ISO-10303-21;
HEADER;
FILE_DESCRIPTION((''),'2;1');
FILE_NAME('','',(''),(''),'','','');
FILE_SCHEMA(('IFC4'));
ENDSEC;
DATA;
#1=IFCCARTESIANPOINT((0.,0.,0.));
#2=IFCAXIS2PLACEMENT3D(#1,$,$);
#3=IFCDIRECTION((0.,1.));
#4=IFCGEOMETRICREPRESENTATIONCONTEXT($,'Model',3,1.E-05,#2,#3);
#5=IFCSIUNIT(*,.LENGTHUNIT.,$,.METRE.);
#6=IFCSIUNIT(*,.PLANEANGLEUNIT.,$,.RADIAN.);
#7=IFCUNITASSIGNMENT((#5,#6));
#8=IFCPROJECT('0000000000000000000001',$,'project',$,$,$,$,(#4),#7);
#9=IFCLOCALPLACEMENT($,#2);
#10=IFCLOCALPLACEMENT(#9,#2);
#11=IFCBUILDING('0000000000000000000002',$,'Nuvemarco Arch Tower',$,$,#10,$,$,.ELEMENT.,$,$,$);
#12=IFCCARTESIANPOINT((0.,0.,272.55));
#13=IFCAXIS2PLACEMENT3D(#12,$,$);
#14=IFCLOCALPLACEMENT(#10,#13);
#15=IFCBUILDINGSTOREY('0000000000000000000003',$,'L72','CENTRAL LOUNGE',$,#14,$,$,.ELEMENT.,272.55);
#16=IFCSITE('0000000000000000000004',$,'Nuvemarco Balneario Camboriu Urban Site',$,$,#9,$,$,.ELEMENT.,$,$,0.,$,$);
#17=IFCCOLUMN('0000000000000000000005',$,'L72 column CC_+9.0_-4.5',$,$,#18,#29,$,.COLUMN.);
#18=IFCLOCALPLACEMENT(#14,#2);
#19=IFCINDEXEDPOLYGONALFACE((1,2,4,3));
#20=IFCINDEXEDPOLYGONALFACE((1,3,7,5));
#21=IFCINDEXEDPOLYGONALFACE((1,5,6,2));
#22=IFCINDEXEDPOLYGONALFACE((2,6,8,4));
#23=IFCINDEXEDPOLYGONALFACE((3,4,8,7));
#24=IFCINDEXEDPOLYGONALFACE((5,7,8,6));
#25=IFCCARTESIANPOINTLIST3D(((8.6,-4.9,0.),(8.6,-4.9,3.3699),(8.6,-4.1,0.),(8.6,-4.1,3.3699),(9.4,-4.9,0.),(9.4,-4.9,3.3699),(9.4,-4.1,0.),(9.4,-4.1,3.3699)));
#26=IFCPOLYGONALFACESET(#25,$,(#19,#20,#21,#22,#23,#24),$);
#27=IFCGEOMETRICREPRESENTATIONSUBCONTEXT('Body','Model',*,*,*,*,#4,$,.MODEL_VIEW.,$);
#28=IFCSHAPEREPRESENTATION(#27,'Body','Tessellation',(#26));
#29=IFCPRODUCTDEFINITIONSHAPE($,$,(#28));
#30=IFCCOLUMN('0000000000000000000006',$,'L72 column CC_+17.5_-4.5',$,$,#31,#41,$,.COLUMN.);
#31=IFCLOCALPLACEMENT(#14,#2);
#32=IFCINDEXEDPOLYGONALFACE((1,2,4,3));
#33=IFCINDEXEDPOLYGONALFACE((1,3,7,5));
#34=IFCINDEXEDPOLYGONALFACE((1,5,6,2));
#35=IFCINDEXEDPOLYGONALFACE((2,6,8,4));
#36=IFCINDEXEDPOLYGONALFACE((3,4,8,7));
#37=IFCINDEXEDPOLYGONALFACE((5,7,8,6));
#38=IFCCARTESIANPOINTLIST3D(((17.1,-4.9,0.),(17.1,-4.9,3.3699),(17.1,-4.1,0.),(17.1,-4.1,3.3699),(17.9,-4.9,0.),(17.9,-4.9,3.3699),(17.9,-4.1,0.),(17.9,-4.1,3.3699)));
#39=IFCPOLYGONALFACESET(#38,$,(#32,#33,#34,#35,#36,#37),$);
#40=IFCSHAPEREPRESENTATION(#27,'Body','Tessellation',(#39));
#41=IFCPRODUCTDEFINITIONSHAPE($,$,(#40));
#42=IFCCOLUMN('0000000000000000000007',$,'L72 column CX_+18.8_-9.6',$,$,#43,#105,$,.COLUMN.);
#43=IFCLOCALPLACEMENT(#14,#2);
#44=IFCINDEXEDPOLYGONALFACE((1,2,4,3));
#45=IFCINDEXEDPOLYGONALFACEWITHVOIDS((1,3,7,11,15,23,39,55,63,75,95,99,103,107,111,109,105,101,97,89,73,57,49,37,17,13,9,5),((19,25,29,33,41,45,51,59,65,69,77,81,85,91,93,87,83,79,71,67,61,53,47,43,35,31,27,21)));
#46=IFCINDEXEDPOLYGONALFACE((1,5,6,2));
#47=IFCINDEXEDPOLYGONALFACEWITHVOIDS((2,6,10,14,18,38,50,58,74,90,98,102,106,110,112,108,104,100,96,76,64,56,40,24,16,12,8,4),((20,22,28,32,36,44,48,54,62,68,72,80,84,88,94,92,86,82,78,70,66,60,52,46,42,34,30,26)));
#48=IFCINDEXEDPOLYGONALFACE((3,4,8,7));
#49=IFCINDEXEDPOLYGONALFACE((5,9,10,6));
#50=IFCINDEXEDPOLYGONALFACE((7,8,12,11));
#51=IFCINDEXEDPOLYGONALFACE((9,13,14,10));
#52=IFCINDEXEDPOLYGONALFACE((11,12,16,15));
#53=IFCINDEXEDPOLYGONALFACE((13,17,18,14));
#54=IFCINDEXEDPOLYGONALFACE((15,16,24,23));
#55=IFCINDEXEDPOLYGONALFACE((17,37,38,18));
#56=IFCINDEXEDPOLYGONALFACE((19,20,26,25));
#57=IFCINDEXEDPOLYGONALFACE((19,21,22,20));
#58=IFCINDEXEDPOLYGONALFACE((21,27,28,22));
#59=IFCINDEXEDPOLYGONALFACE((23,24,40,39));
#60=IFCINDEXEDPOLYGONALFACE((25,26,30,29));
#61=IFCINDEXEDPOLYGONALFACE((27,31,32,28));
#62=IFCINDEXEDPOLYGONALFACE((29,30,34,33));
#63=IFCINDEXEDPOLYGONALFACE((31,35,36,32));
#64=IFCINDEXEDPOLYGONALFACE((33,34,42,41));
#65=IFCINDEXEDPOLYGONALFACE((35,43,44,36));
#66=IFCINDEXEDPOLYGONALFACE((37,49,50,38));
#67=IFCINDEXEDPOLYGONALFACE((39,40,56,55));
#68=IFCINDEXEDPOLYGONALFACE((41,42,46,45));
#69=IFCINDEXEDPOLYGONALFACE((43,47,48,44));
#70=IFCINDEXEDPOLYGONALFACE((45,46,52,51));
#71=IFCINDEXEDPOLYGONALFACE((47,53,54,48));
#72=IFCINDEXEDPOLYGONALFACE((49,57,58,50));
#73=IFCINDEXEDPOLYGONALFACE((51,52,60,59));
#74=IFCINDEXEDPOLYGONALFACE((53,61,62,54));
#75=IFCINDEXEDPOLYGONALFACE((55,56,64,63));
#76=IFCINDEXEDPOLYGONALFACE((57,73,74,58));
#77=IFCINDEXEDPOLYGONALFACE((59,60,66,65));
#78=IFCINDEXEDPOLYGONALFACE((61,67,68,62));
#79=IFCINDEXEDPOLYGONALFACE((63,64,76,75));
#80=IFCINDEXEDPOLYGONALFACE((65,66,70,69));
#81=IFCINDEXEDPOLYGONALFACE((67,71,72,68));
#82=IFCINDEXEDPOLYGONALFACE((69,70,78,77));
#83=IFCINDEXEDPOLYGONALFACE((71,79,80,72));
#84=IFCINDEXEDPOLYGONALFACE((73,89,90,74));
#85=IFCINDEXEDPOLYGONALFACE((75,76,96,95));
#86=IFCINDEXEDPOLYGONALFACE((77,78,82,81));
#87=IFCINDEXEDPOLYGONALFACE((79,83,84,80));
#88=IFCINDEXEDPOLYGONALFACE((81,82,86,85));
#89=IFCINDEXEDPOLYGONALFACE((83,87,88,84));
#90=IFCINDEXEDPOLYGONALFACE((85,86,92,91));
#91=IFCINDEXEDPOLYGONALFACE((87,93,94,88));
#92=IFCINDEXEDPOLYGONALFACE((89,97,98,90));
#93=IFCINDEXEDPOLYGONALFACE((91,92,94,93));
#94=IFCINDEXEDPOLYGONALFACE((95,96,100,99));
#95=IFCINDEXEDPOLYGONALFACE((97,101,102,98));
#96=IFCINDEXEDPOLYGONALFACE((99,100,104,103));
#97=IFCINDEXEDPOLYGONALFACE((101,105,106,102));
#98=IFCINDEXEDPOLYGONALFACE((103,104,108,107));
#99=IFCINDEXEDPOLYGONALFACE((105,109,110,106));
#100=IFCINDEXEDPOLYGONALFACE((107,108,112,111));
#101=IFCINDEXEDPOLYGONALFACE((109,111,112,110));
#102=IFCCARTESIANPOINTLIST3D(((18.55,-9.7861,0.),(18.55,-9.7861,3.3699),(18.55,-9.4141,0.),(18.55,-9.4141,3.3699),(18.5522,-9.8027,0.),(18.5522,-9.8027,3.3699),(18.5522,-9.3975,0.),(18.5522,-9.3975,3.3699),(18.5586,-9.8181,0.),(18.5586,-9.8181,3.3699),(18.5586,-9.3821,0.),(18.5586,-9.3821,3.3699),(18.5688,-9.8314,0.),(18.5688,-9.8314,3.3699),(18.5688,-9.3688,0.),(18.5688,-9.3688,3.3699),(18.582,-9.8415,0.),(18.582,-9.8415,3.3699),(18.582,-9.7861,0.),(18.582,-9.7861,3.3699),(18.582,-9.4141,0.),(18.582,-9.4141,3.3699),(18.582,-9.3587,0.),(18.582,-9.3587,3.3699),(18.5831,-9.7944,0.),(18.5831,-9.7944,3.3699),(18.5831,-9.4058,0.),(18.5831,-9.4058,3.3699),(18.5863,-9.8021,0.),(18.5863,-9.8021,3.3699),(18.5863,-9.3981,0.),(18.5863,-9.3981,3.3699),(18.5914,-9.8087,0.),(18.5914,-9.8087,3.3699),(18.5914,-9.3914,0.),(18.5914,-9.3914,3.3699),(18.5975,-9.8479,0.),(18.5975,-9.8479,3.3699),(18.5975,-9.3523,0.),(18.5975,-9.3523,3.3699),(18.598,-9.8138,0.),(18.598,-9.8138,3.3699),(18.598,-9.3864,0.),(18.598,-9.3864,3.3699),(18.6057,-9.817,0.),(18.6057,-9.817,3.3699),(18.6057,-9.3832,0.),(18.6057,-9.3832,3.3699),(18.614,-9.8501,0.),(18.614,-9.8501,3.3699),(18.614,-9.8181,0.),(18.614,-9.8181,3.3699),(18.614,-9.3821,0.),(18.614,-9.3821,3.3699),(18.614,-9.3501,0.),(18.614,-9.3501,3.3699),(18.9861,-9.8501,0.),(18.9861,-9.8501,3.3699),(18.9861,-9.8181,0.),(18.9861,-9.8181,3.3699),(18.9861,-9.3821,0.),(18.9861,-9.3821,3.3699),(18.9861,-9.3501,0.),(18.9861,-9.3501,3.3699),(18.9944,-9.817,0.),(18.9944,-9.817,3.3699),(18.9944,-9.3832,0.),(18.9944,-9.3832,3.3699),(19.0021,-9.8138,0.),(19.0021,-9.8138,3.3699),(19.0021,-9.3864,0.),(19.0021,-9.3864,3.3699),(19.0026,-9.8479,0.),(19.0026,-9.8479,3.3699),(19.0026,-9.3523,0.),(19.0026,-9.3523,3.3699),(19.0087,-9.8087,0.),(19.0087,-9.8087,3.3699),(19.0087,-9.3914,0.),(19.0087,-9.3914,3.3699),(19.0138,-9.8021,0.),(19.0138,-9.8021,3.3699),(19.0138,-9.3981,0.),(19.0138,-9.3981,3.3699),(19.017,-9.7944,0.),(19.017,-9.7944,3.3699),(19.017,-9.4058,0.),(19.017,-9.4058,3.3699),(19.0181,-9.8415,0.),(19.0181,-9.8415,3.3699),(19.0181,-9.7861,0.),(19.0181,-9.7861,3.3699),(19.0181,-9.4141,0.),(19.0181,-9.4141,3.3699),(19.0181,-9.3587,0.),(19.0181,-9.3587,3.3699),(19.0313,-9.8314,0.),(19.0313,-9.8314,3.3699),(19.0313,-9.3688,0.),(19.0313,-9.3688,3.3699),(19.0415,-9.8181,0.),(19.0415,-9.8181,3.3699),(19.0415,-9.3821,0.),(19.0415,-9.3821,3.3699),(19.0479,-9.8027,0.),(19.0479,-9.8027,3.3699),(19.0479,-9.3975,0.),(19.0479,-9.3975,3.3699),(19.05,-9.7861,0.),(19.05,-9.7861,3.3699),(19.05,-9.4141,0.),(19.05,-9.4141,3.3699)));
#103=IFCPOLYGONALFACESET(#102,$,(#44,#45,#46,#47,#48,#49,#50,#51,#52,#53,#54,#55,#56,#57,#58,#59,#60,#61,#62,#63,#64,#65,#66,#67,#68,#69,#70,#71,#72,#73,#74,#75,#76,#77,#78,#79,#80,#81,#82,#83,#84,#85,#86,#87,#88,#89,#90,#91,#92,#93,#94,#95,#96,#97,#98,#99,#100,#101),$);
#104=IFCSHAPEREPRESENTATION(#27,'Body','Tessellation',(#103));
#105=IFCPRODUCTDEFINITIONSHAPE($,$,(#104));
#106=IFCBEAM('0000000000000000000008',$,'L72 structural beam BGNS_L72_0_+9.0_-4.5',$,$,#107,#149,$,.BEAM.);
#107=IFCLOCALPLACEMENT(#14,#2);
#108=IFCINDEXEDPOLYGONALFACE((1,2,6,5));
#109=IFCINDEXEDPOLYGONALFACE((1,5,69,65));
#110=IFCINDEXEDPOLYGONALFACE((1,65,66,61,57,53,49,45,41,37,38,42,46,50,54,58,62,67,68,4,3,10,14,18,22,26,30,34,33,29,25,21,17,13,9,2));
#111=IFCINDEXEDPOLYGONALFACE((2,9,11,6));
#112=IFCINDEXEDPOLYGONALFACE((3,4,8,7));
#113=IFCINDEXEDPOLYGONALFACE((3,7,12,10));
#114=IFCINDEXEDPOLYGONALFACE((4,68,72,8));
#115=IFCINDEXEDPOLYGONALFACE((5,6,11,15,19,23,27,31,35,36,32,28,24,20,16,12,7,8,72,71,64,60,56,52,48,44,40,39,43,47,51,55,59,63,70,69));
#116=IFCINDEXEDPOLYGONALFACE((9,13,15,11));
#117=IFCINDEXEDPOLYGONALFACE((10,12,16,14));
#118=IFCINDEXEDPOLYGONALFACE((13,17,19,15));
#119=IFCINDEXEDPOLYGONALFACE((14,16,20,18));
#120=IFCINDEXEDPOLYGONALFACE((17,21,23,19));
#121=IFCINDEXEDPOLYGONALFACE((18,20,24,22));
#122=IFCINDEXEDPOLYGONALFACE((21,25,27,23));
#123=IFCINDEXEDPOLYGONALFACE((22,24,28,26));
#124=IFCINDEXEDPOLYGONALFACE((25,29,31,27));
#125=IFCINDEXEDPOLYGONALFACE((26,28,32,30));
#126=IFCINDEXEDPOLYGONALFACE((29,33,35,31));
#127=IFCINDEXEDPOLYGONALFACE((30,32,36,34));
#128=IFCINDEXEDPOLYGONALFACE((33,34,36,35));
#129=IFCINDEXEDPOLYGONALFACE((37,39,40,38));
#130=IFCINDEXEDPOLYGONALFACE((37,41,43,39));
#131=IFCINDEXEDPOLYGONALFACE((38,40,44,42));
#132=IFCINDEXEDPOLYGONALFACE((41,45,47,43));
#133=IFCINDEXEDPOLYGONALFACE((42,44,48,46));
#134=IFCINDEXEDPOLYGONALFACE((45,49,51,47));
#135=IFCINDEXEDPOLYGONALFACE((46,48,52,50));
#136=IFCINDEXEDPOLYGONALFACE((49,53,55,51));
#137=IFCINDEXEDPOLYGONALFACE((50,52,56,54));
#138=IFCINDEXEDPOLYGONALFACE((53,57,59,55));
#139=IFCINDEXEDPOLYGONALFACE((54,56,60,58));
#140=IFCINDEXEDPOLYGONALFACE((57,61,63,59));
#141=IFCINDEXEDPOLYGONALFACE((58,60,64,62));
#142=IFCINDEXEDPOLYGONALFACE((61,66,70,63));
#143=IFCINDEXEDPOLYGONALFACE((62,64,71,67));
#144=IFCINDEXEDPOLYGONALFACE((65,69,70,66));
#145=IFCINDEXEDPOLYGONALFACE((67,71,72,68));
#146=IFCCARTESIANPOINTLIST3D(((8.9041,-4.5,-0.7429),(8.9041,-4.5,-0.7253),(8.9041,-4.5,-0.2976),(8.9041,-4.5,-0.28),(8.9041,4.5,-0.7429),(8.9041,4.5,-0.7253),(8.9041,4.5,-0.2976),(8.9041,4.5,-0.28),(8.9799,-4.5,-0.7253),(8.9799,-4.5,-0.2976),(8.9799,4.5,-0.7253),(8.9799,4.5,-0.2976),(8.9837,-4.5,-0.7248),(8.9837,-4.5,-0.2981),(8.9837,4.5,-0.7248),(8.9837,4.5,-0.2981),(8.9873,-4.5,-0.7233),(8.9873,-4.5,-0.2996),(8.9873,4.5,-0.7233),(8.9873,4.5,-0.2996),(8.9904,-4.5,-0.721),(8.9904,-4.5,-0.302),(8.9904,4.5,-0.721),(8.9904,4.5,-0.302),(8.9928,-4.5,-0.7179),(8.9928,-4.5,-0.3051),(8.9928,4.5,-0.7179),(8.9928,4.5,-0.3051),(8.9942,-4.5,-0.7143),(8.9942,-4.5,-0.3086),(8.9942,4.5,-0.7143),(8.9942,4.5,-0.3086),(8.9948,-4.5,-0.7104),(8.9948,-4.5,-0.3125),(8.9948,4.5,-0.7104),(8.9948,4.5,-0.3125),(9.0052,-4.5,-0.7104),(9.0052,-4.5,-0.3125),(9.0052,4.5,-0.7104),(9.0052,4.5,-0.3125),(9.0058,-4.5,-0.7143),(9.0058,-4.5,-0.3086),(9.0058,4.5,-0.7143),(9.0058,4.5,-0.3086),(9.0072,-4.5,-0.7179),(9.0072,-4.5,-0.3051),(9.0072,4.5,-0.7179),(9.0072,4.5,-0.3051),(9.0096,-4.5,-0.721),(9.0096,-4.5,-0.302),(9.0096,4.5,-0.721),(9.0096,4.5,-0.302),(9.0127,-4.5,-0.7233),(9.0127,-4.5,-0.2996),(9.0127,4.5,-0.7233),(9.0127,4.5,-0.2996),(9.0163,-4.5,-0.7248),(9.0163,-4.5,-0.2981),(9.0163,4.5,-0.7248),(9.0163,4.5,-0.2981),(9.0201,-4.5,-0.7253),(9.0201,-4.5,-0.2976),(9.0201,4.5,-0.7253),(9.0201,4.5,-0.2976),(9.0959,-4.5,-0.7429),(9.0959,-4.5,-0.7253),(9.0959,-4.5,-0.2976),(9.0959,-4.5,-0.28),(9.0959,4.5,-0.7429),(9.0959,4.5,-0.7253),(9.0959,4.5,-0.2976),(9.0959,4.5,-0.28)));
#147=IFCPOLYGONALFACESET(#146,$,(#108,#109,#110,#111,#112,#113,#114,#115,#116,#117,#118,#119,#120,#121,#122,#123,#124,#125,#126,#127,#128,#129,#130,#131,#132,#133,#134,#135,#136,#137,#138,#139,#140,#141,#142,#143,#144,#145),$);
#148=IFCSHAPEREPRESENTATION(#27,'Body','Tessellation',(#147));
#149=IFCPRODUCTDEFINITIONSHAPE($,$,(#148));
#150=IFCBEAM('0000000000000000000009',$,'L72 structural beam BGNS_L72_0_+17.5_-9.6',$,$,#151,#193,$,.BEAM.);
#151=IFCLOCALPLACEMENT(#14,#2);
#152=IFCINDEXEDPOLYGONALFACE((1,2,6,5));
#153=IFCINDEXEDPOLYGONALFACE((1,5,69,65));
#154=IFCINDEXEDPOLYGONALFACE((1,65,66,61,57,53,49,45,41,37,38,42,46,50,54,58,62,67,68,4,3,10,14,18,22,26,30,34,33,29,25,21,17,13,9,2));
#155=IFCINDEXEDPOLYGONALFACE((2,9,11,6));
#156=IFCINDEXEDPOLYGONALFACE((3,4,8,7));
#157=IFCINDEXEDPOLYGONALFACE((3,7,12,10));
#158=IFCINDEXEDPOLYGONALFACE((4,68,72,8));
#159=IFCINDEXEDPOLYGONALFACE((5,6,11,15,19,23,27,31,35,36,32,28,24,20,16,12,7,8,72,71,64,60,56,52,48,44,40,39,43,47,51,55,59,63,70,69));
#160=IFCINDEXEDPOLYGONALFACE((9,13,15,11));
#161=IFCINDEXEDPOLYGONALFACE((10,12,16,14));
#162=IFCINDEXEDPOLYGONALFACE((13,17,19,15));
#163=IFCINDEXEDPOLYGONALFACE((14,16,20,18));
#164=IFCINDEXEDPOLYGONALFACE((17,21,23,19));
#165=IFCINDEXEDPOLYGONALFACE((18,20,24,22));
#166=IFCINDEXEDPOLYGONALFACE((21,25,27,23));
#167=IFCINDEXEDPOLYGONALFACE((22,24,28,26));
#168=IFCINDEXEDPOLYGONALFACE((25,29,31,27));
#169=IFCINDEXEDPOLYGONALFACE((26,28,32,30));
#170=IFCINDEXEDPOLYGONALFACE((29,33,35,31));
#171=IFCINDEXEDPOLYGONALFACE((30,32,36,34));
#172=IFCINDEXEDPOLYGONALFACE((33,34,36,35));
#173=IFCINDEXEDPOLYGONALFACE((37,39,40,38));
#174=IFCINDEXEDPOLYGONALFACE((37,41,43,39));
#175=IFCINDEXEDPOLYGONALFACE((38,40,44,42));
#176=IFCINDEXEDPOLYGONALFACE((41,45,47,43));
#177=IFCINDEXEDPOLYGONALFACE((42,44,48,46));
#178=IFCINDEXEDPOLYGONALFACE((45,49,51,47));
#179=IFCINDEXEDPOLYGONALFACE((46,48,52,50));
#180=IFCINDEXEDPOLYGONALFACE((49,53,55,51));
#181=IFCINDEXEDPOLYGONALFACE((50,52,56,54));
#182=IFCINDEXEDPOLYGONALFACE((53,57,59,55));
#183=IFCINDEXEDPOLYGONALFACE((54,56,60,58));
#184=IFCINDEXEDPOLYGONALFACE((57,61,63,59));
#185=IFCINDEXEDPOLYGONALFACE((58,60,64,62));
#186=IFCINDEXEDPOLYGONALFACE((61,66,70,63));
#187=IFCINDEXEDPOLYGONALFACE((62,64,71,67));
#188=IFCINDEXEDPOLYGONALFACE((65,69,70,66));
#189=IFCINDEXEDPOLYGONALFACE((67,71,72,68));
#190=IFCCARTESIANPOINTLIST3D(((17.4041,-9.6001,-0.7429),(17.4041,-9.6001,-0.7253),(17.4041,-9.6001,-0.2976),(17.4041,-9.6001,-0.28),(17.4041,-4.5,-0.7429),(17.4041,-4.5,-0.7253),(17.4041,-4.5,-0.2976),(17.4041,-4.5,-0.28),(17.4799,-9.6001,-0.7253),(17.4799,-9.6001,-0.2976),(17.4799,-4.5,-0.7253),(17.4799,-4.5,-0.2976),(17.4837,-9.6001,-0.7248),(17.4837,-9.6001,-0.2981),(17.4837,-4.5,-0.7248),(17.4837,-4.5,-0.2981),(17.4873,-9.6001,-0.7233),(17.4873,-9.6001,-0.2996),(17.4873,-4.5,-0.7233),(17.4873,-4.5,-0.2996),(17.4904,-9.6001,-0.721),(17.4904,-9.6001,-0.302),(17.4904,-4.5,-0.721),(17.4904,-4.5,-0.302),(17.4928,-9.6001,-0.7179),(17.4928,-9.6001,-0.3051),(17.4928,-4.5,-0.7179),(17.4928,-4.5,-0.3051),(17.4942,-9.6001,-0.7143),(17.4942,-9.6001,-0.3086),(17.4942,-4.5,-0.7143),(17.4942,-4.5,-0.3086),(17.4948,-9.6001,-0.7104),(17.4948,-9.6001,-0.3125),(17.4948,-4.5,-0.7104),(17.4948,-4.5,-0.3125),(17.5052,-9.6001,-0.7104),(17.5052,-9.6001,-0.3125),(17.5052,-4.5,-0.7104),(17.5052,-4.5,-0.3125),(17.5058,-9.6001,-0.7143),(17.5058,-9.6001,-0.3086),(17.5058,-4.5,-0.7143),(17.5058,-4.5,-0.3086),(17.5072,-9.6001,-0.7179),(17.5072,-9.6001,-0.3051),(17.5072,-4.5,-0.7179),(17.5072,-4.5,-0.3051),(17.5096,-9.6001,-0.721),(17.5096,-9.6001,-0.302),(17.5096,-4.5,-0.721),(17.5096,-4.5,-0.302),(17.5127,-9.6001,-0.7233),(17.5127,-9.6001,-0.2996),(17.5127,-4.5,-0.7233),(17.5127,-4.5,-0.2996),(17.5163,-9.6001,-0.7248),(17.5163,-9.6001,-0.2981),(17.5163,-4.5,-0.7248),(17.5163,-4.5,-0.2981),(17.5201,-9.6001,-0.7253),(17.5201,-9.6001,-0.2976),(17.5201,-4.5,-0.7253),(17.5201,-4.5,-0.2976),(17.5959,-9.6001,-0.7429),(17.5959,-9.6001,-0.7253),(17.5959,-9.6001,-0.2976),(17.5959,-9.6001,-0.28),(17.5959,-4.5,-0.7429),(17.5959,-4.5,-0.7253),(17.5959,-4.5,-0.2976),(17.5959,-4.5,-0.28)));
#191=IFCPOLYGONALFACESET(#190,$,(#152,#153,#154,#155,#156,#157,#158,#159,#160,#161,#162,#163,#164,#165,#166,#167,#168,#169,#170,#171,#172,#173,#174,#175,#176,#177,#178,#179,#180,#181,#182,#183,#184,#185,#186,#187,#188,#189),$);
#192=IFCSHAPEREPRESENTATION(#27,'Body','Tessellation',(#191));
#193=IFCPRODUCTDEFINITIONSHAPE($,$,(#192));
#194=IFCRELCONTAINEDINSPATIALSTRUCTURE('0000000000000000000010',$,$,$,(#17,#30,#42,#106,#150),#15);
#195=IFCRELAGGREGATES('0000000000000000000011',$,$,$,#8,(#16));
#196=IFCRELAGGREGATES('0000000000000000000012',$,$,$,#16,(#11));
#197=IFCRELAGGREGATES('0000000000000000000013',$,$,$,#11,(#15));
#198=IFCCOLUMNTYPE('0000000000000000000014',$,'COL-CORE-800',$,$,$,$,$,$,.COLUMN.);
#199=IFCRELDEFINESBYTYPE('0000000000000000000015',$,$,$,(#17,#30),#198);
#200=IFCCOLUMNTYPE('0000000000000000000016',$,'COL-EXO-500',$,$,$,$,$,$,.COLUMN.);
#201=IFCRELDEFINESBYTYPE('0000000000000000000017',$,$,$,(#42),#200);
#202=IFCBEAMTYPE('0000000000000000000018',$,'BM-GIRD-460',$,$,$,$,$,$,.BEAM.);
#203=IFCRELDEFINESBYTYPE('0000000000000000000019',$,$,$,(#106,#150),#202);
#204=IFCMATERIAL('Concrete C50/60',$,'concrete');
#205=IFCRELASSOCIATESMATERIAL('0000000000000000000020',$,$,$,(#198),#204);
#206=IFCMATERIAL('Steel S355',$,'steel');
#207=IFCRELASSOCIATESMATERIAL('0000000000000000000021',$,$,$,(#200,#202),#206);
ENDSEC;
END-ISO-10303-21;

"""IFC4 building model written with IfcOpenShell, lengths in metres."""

from ifc_helpers import new_model, si_unit, direction, frame, origin, origin_2d, place, context, subcontext, project, spatial, rectangle, hollow_rectangle, i_section, extrude, material, material_profile, profile_set, type_object, element, save


model = new_model("IFC4")

# Units and contexts
model_context = context("Model", 3, precision=1e-05, world=origin(), true_north=direction((0.0, 1.0)))
body_context = subcontext(model_context, "Body", "Model", "MODEL_VIEW")
ifc_project = project(units=[si_unit("LENGTHUNIT", "METRE"), si_unit("PLANEANGLEUNIT", "RADIAN")], contexts=[model_context])

# Site, building, storey
site_placement = place(None, origin())
site = spatial("IfcSite", under=ifc_project, at=site_placement, Name="Nuvemarco Balneario Camboriu Urban Site", CompositionType="ELEMENT", RefElevation=0.0)
building_placement = place(site_placement, origin())
building = spatial("IfcBuilding", under=site, at=building_placement, Name="Nuvemarco Arch Tower", CompositionType="ELEMENT")
storey_placement = place(building_placement, frame((0.0, 0.0, 272.55)))
storey = spatial("IfcBuildingStorey", under=building, at=storey_placement, Name="L72", Description="CENTRAL LOUNGE", CompositionType="ELEMENT", Elevation=272.55)

# Columns
ifc_material_1 = material(Name="Concrete C50/60", Category="concrete")
ifc_material_profile_1 = material_profile(ifc_material_1, rectangle(XDim=0.8, YDim=0.8, at=origin_2d()), Name="RC-COL-800x800")
ifc_profile_set_1 = profile_set([ifc_material_profile_1], Name="Concrete C50/60")
column_type_1 = type_object("IfcColumnType", Name="COL-CORE-800", PredefinedType="COLUMN", material=ifc_profile_set_1)
for number, where, z_axis, x_axis, name in (
    (1, (9.0, -4.5, 0.0), (0.0, 0.0, 1.0), (1.0, 0.0, 0.0), "L72 column CC_+9.0_-4.5"),
    (2, (17.5, -4.5, 0.0), (0.0, 0.0, 1.0), (1.0, 0.0, 0.0), "L72 column CC_+17.5_-4.5"),
):
    element("IfcColumn", number, at=place(storey_placement, frame(where, z_axis=z_axis, x_axis=x_axis)), inside=storey, type_object=column_type_1, Name=name, PredefinedType="COLUMN", context=body_context, shape_type="SweptSolid", body=[
        extrude(rectangle(XDim=0.8, YDim=0.8, at=origin_2d()), origin(), (0.0, 0.0, 1.0), 3.3699),
    ])
ifc_material_2 = material(Name="Steel S355", Category="steel")
ifc_material_profile_2 = material_profile(ifc_material_2, hollow_rectangle(XDim=0.5, YDim=0.5, WallThickness=0.032, InnerFilletRadius=0.032, OuterFilletRadius=0.064, at=origin_2d()), Name="SHS500x500x32")
ifc_profile_set_2 = profile_set([ifc_material_profile_2], Name="Steel S355")
column_type_2 = type_object("IfcColumnType", Name="COL-EXO-500", PredefinedType="COLUMN", material=ifc_profile_set_2)
column_placement = place(storey_placement, frame((18.8, -9.6001, 0.0), z_axis=(0.0, 0.0, 1.0), x_axis=(1.0, 0.0, 0.0)))
element("IfcColumn", 3, at=column_placement, inside=storey, type_object=column_type_2, Name="L72 column CX_+18.8_-9.6", PredefinedType="COLUMN", context=body_context, shape_type="SweptSolid", body=[
    extrude(hollow_rectangle(XDim=0.5, YDim=0.5, WallThickness=0.032, InnerFilletRadius=0.032, OuterFilletRadius=0.064, at=origin_2d()), origin(), (0.0, 0.0, 1.0), 3.3699),
])

# Beams
ifc_material_profile_3 = material_profile(ifc_material_2, i_section(OverallWidth=0.1919, OverallDepth=0.4629, WebThickness=0.0105, FlangeThickness=0.0176, FilletRadius=0.0149, at=origin_2d()), Name="W460x89")
ifc_profile_set_3 = profile_set([ifc_material_profile_3], Name="Steel S355")
beam_type_1 = type_object("IfcBeamType", Name="BM-GIRD-460", PredefinedType="BEAM", material=ifc_profile_set_3)
beam_1_placement = place(storey_placement, frame((9.0, -4.5, -0.5115), z_axis=(0.0, 1.0, 0.0), x_axis=(-1.0, 0.0, 0.0)))
element("IfcBeam", 4, at=beam_1_placement, inside=storey, type_object=beam_type_1, Name="L72 structural beam BGNS_L72_0_+9.0_-4.5", PredefinedType="BEAM", context=body_context, shape_type="SweptSolid", body=[
    extrude(i_section(OverallWidth=0.1919, OverallDepth=0.4629, WebThickness=0.0105, FlangeThickness=0.0176, FilletRadius=0.0149, at=origin_2d()), origin(), (0.0, 0.0, 1.0), 9.0),
])
beam_2_placement = place(storey_placement, frame((17.5, -9.6001, -0.5115), z_axis=(0.0, 1.0, 0.0), x_axis=(-1.0, 0.0, 0.0)))
element("IfcBeam", 5, at=beam_2_placement, inside=storey, type_object=beam_type_1, Name="L72 structural beam BGNS_L72_0_+17.5_-9.6", PredefinedType="BEAM", context=body_context, shape_type="SweptSolid", body=[
    extrude(i_section(OverallWidth=0.1919, OverallDepth=0.4629, WebThickness=0.0105, FlangeThickness=0.0176, FilletRadius=0.0149, at=origin_2d()), origin(), (0.0, 0.0, 1.0), 5.1001),
])

save(model, "model.ifc")
